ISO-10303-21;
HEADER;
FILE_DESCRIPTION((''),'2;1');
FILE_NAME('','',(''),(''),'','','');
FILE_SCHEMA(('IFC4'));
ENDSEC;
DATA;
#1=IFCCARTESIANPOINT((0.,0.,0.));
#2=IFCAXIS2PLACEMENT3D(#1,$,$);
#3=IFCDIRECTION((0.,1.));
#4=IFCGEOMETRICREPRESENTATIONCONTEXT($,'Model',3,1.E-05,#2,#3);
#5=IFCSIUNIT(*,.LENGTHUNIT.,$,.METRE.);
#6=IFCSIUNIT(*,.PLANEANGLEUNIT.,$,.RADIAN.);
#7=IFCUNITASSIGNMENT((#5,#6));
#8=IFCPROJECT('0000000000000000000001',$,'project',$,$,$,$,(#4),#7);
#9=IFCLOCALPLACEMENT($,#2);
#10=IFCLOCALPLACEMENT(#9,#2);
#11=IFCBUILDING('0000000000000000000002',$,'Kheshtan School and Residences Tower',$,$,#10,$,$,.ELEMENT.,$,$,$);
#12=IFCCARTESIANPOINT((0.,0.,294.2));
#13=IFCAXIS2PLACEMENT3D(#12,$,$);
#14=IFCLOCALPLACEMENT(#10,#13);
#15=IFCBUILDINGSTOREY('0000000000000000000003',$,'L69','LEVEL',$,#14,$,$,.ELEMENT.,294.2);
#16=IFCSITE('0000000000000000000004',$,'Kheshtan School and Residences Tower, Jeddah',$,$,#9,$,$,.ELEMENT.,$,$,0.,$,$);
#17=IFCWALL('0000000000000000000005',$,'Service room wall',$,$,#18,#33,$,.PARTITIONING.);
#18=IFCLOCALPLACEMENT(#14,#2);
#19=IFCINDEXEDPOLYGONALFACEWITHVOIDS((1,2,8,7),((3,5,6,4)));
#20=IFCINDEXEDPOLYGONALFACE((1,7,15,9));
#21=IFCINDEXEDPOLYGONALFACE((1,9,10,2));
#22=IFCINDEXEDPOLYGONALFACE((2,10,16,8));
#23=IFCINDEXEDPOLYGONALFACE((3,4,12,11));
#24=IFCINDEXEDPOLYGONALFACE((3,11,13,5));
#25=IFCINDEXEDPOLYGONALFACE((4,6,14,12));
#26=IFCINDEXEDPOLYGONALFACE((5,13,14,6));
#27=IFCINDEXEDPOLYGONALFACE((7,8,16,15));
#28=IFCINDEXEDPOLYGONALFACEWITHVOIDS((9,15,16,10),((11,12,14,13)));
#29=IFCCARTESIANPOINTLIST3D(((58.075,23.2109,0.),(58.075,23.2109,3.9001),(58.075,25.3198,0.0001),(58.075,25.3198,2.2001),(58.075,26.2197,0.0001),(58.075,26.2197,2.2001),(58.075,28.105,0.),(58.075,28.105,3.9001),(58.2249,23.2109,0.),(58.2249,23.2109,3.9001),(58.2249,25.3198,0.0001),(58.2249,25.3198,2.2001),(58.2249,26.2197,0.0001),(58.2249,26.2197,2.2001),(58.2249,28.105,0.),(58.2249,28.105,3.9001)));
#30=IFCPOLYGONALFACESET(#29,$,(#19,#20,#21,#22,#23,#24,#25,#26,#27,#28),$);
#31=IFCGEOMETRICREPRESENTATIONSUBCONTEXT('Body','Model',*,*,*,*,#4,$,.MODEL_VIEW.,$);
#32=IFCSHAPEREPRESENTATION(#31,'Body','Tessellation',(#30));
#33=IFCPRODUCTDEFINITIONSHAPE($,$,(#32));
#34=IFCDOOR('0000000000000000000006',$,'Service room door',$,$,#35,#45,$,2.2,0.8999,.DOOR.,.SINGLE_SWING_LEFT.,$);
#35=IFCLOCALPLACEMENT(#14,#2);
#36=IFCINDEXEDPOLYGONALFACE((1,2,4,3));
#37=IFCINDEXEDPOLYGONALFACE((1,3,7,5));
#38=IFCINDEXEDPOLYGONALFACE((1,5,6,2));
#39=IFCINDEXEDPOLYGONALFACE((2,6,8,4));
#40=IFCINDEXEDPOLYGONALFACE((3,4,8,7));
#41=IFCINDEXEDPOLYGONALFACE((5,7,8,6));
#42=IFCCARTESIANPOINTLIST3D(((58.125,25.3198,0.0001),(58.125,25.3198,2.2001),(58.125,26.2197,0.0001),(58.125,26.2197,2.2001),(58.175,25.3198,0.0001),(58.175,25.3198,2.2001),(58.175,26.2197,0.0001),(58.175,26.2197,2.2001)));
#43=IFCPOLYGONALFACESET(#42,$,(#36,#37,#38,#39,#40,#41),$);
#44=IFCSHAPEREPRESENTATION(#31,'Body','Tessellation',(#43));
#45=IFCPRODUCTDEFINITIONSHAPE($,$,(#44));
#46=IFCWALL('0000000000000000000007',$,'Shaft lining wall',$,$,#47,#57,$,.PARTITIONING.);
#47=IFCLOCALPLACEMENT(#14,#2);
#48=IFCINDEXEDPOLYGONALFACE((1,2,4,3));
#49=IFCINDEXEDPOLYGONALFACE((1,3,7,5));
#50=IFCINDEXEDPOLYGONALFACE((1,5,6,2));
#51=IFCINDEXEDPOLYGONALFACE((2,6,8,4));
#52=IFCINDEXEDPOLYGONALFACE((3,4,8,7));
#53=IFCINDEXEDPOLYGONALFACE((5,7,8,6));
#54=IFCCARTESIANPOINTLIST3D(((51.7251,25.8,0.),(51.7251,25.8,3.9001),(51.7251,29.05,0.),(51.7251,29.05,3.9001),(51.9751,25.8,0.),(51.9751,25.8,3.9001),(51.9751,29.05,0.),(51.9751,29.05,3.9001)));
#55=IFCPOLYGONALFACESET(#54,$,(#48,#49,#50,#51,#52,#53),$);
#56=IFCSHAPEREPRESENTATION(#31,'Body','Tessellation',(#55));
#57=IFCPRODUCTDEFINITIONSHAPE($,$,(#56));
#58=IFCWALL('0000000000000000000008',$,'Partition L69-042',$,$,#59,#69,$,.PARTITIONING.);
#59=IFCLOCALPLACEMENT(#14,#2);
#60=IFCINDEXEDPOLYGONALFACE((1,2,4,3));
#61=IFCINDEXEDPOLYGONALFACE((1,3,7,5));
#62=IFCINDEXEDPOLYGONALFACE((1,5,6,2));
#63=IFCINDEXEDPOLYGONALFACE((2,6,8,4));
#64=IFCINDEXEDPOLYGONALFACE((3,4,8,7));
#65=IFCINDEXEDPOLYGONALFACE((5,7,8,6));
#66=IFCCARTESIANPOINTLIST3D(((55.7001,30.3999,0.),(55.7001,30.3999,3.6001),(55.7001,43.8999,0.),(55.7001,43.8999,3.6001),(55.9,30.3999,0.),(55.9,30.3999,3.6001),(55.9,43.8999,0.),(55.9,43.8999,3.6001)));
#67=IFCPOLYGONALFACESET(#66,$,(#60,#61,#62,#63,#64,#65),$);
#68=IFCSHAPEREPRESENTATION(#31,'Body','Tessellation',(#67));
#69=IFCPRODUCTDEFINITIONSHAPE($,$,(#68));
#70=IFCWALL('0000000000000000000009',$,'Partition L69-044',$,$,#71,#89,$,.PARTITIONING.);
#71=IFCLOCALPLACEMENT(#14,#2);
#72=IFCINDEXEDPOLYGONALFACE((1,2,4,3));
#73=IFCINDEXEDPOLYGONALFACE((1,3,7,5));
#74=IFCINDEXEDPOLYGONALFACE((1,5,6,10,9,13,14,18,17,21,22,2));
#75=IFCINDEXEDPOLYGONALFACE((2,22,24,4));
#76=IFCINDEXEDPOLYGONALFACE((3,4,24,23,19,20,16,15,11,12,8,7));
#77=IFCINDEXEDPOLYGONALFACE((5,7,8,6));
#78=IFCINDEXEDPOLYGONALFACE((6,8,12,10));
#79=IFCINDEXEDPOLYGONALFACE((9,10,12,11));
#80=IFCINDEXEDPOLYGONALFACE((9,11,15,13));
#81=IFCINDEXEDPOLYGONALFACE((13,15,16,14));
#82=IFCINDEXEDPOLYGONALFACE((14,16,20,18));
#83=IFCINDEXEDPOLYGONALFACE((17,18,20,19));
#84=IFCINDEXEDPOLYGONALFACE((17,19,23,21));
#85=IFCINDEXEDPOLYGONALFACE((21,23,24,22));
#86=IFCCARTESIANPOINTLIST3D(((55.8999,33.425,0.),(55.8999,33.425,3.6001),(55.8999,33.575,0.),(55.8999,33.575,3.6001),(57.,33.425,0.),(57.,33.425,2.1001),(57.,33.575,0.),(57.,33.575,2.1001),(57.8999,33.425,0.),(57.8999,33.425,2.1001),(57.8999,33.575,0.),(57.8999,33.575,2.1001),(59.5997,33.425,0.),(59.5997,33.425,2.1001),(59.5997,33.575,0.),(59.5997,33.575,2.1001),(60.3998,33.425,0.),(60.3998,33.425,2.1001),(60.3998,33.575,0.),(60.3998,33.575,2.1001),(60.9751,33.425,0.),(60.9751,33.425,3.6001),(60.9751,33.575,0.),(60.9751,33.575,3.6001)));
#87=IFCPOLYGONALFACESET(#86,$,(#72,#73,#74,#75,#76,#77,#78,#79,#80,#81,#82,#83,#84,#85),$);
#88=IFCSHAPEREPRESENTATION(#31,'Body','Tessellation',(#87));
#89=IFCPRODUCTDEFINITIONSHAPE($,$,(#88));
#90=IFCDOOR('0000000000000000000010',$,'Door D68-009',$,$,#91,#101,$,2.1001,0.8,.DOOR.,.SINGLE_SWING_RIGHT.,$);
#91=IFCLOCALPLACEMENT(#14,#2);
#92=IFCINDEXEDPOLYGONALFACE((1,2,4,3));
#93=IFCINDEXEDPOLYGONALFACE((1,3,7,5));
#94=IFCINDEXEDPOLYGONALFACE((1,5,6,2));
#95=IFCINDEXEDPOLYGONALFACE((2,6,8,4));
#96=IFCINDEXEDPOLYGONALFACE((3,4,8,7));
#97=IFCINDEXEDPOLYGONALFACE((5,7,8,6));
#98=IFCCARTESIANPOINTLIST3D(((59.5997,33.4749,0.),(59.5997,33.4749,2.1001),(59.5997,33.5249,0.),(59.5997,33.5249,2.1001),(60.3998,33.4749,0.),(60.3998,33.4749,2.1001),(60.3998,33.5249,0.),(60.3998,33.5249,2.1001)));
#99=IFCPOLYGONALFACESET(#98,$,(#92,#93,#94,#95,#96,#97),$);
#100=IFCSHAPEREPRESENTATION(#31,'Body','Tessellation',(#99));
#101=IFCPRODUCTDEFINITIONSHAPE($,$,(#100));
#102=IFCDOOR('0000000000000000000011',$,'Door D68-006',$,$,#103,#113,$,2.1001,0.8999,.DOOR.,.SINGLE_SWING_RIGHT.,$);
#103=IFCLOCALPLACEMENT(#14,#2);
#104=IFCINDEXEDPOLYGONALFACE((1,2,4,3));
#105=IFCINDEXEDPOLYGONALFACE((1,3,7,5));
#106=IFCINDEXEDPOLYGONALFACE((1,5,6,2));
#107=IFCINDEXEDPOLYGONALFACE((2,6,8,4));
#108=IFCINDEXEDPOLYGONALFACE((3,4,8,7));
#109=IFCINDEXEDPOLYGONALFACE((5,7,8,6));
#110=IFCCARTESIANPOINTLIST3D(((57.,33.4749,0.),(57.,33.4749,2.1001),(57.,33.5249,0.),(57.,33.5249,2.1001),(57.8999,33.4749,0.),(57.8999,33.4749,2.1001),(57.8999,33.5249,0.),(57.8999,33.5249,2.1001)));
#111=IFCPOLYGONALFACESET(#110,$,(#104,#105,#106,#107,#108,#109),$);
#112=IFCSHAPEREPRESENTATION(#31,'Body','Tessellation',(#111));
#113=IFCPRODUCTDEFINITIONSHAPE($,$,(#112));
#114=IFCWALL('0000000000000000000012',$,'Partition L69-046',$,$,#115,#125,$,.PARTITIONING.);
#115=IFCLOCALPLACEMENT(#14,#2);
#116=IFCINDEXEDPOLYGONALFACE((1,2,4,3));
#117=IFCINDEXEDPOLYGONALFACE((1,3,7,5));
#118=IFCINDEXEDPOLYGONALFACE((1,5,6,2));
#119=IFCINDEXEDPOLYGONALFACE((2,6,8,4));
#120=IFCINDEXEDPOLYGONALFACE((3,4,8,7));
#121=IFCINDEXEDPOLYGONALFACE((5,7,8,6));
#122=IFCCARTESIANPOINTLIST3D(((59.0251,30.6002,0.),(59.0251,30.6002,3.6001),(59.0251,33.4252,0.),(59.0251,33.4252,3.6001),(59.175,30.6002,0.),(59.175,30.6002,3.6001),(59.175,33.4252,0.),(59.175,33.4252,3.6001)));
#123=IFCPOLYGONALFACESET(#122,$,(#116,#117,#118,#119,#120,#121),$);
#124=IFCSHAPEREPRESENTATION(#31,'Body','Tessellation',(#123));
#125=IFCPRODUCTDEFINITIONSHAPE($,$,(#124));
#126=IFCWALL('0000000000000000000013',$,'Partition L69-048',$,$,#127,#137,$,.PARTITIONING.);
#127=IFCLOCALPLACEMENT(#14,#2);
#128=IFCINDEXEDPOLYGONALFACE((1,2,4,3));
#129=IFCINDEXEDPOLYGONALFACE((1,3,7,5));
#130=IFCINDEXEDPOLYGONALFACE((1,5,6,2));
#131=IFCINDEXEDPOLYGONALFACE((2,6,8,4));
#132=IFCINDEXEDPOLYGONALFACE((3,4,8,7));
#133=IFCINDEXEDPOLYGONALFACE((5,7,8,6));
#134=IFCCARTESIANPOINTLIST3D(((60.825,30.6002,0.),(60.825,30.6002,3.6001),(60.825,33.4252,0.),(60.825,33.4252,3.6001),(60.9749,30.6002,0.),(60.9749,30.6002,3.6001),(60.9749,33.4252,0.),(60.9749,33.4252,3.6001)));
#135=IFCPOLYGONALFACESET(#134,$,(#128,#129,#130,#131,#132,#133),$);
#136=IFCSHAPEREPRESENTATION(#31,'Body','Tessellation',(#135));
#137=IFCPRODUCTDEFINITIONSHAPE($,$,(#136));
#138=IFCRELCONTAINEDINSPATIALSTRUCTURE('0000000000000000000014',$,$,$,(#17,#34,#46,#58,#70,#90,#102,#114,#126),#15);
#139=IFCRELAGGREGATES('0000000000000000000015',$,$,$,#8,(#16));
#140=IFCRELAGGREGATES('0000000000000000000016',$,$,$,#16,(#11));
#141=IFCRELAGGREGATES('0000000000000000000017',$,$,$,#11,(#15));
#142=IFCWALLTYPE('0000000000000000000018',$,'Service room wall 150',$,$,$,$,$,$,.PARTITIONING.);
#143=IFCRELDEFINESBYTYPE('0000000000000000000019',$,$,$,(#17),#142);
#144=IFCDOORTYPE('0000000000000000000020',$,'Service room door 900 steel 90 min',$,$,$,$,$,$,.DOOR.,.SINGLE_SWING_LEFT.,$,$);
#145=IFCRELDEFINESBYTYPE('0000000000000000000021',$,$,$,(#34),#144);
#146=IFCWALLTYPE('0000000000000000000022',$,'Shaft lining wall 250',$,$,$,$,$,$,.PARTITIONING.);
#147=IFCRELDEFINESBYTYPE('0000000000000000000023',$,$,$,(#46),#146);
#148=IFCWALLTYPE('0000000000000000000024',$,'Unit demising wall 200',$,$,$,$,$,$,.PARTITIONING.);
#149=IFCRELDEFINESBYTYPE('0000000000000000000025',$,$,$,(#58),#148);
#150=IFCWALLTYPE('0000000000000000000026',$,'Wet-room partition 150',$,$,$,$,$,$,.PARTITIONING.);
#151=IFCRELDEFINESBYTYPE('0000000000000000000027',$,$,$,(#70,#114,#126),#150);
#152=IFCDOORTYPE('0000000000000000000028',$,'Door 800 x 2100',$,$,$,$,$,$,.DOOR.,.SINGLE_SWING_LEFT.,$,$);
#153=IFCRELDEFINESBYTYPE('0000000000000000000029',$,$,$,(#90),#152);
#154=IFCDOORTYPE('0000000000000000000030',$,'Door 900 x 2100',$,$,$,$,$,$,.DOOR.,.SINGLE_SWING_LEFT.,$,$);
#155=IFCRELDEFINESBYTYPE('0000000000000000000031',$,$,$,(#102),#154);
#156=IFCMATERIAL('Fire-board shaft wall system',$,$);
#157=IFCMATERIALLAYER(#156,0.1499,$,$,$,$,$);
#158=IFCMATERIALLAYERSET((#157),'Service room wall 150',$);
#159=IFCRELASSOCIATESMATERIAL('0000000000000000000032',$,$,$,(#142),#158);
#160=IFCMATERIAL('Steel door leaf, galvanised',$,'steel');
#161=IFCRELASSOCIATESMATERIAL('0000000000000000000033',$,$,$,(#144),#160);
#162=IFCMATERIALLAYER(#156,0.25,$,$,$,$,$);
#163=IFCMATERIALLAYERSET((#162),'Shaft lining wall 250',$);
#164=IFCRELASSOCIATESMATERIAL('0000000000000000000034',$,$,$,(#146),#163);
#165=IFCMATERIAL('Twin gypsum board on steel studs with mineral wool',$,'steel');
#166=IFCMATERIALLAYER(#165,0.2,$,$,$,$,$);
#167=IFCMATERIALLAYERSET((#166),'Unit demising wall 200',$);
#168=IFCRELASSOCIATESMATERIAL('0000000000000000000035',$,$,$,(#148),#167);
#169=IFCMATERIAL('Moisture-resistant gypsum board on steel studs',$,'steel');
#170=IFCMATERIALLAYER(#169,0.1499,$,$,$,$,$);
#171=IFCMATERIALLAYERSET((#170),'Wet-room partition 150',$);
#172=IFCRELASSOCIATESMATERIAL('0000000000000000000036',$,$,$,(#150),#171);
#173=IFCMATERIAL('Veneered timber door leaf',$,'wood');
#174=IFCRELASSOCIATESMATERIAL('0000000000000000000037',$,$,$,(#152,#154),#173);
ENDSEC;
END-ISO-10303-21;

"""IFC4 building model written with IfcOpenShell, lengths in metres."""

from ifc_helpers import new_model, si_unit, direction, frame, frame_2d, origin, place, context, subcontext, project, spatial, rectangle, extrude, source, transform, mapped, material, layer, layer_set, type_object, element, fill, save


model = new_model("IFC4")

# Units and contexts
model_context = context("Model", 3, precision=1e-05, world=origin(), true_north=direction((0.0, 1.0)))
body_context = subcontext(model_context, "Body", "Model", "MODEL_VIEW")
ifc_project = project(units=[si_unit("LENGTHUNIT", "METRE"), si_unit("PLANEANGLEUNIT", "RADIAN")], contexts=[model_context])

# Site, building, storey
site_placement = place(None, origin())
site = spatial("IfcSite", under=ifc_project, at=site_placement, Name="Kheshtan School and Residences Tower, Jeddah", CompositionType="ELEMENT", RefElevation=0.0)
building_placement = place(site_placement, origin())
building = spatial("IfcBuilding", under=site, at=building_placement, Name="Kheshtan School and Residences Tower", CompositionType="ELEMENT")
storey_placement = place(building_placement, frame((0.0, 0.0, 294.2)))
storey = spatial("IfcBuildingStorey", under=building, at=storey_placement, Name="L69", Description="LEVEL", CompositionType="ELEMENT", Elevation=294.2)

# Shared definitions
ifc_material_1 = material(Name="Steel door leaf, galvanised", Category="steel")

# Shared definitions
ifc_material_2 = material(Name="Fire-board shaft wall system")
ifc_layer_1 = layer(ifc_material_2, 0.1499)
ifc_layer_set_1 = layer_set([ifc_layer_1], Name="Service room wall 150")
wall_type_1 = type_object("IfcWallType", Name="Service room wall 150", PredefinedType="PARTITIONING", material=ifc_layer_set_1)

# Wall, opening, door
wall_1_placement = place(storey_placement, frame((58.1499, 23.2109, 0.0), z_axis=(0.0, 0.0, 1.0), x_axis=(0.0, 1.0, 0.0)))
wall_1 = element("IfcWall", 1, at=wall_1_placement, inside=storey, type_object=wall_type_1, Name="Service room wall", PredefinedType="PARTITIONING", context=body_context, shape_type="SweptSolid", body=[
    extrude(rectangle(XDim=4.894, YDim=0.1499, at=frame_2d((2.447, 0.0))), origin(), (0.0, 0.0, 1.0), 3.9001),
])
opening_1_placement = place(wall_1_placement, frame((2.1089, 0.0, 0.0)))
opening_1 = element("IfcOpeningElement", 2, at=opening_1_placement, cuts=wall_1, PredefinedType="OPENING", context=body_context, shape_type="SweptSolid", body=[
    extrude(rectangle(XDim=0.8999, YDim=2.2, at=frame_2d((0.45, 1.1001))), frame((0.0, 0.085, 0.0), z_axis=(0.0, -1.0, 0.0), x_axis=(1.0, 0.0, 0.0)), (0.0, 0.0, 1.0), 0.1699),
])
door_type_1 = type_object("IfcDoorType", Name="Service room door 900 steel 90 min", OperationType="SINGLE_SWING_LEFT", PredefinedType="DOOR", material=ifc_material_1)
shared_shape_1 = source(origin(), body_context, "Body", "SweptSolid", [
    extrude(rectangle(XDim=0.8999, YDim=2.2, at=frame_2d((0.45, 1.1001))), frame((0.0, 0.0249, 0.0), z_axis=(0.0, -1.0, 0.0), x_axis=(1.0, 0.0, 0.0)), (0.0, 0.0, 1.0), 0.05),
])
door_1_placement = place(opening_1_placement, origin())
door_1 = element("IfcDoor", 3, at=door_1_placement, inside=storey, type_object=door_type_1, Name="Service room door", OperationType="SINGLE_SWING_LEFT", OverallHeight=2.2, OverallWidth=0.8999, PredefinedType="DOOR", context=body_context, shape_type="MappedRepresentation", body=[
    mapped(shared_shape_1, transform((0.0, 0.0, 0.0), x_axis=(1.0, 0.0, 0.0), y_axis=(0.0, 1.0, 0.0), z_axis=(0.0, 0.0, 1.0), scale=1.0)),
])
fill(opening_1, door_1)

# Walls
ifc_layer_2 = layer(ifc_material_2, 0.25)
ifc_layer_set_2 = layer_set([ifc_layer_2], Name="Shaft lining wall 250")
wall_type_2 = type_object("IfcWallType", Name="Shaft lining wall 250", PredefinedType="PARTITIONING", material=ifc_layer_set_2)
wall_2_placement = place(storey_placement, frame((51.8501, 25.8, 0.0), z_axis=(0.0, 0.0, 1.0), x_axis=(0.0, 1.0, 0.0)))
element("IfcWall", 4, at=wall_2_placement, inside=storey, type_object=wall_type_2, Name="Shaft lining wall", PredefinedType="PARTITIONING", context=body_context, shape_type="SweptSolid", body=[
    extrude(rectangle(XDim=3.25, YDim=0.25, at=frame_2d((1.625, 0.0))), origin(), (0.0, 0.0, 1.0), 3.9001),
])
ifc_material_3 = material(Name="Twin gypsum board on steel studs with mineral wool", Category="steel")
ifc_layer_3 = layer(ifc_material_3, 0.2)
ifc_layer_set_3 = layer_set([ifc_layer_3], Name="Unit demising wall 200")
wall_type_3 = type_object("IfcWallType", Name="Unit demising wall 200", PredefinedType="PARTITIONING", material=ifc_layer_set_3)
wall_3_placement = place(storey_placement, frame((55.8, 30.3999, 0.0), z_axis=(0.0, 0.0, 1.0), x_axis=(0.0, 1.0, 0.0)))
element("IfcWall", 5, at=wall_3_placement, inside=storey, type_object=wall_type_3, Name="Partition L69-042", PredefinedType="PARTITIONING", context=body_context, shape_type="SweptSolid", body=[
    extrude(rectangle(XDim=13.5, YDim=0.2, at=frame_2d((6.75, 0.0))), origin(), (0.0, 0.0, 1.0), 3.6001),
])

# Wall, openings, doors
ifc_material_4 = material(Name="Moisture-resistant gypsum board on steel studs", Category="steel")
ifc_layer_4 = layer(ifc_material_4, 0.1499)
ifc_layer_set_4 = layer_set([ifc_layer_4], Name="Wet-room partition 150")
wall_type_4 = type_object("IfcWallType", Name="Wet-room partition 150", PredefinedType="PARTITIONING", material=ifc_layer_set_4)
wall_4_placement = place(storey_placement, frame((55.8999, 33.5, 0.0), z_axis=(0.0, 0.0, 1.0), x_axis=(1.0, 0.0, 0.0)))
wall_4 = element("IfcWall", 6, at=wall_4_placement, inside=storey, type_object=wall_type_4, Name="Partition L69-044", PredefinedType="PARTITIONING", context=body_context, shape_type="SweptSolid", body=[
    extrude(rectangle(XDim=5.0752, YDim=0.1499, at=frame_2d((2.5376, 0.0))), origin(), (0.0, 0.0, 1.0), 3.6001),
])
opening_2_placement = place(wall_4_placement, frame((1.1001, 0.0, 0.0)))
opening_2 = element("IfcOpeningElement", 7, at=opening_2_placement, cuts=wall_4, PredefinedType="OPENING", context=body_context, shape_type="SweptSolid", body=[
    extrude(rectangle(XDim=0.8999, YDim=2.1001, at=frame_2d((0.45, 1.05))), frame((0.0, 0.085, 0.0), z_axis=(0.0, -1.0, 0.0), x_axis=(1.0, 0.0, 0.0)), (0.0, 0.0, 1.0), 0.1699),
])
opening_3_placement = place(wall_4_placement, frame((3.7, 0.0, 0.0)))
opening_3 = element("IfcOpeningElement", 8, at=opening_3_placement, cuts=wall_4, PredefinedType="OPENING", context=body_context, shape_type="SweptSolid", body=[
    extrude(rectangle(XDim=0.8, YDim=2.1001, at=frame_2d((0.3999, 1.05))), frame((0.0, 0.085, 0.0), z_axis=(0.0, -1.0, 0.0), x_axis=(1.0, 0.0, 0.0)), (0.0, 0.0, 1.0), 0.1699),
])
ifc_material_5 = material(Name="Veneered timber door leaf", Category="wood")
door_type_2 = type_object("IfcDoorType", Name="Door 800 x 2100", OperationType="SINGLE_SWING_LEFT", PredefinedType="DOOR", material=ifc_material_5)
shared_shape_2 = source(origin(), body_context, "Body", "SweptSolid", [
    extrude(rectangle(XDim=0.8, YDim=2.1001, at=frame_2d((0.3999, 1.05))), frame((0.0, 0.0249, 0.0), z_axis=(0.0, -1.0, 0.0), x_axis=(1.0, 0.0, 0.0)), (0.0, 0.0, 1.0), 0.05),
])
door_2_placement = place(opening_3_placement, origin())
door_2 = element("IfcDoor", 9, at=door_2_placement, inside=storey, type_object=door_type_2, Name="Door D68-009", OperationType="SINGLE_SWING_RIGHT", OverallHeight=2.1001, OverallWidth=0.8, PredefinedType="DOOR", context=body_context, shape_type="MappedRepresentation", body=[
    mapped(shared_shape_2, transform((0.0, 0.0, 0.0), x_axis=(1.0, 0.0, 0.0), y_axis=(0.0, 1.0, 0.0), z_axis=(0.0, 0.0, 1.0), scale=1.0)),
])
fill(opening_3, door_2)
door_type_3 = type_object("IfcDoorType", Name="Door 900 x 2100", OperationType="SINGLE_SWING_LEFT", PredefinedType="DOOR", material=ifc_material_5)
shared_shape_3 = source(origin(), body_context, "Body", "SweptSolid", [
    extrude(rectangle(XDim=0.8999, YDim=2.1001, at=frame_2d((0.45, 1.05))), frame((0.0, 0.0249, 0.0), z_axis=(0.0, -1.0, 0.0), x_axis=(1.0, 0.0, 0.0)), (0.0, 0.0, 1.0), 0.05),
])
door_3_placement = place(opening_2_placement, origin())
door_3 = element("IfcDoor", 10, at=door_3_placement, inside=storey, type_object=door_type_3, Name="Door D68-006", OperationType="SINGLE_SWING_RIGHT", OverallHeight=2.1001, OverallWidth=0.8999, PredefinedType="DOOR", context=body_context, shape_type="MappedRepresentation", body=[
    mapped(shared_shape_3, transform((0.0, 0.0, 0.0), x_axis=(1.0, 0.0, 0.0), y_axis=(0.0, 1.0, 0.0), z_axis=(0.0, 0.0, 1.0), scale=1.0)),
])
fill(opening_2, door_3)

# Walls
for number, where, z_axis, x_axis, name in (
    (11, (59.1001, 30.6001, 0.0), (0.0, 0.0, 1.0), (0.0, 1.0, 0.0), "Partition L69-046"),
    (12, (60.8999, 30.6001, 0.0), (0.0, 0.0, 1.0), (0.0, 1.0, 0.0), "Partition L69-048"),
):
    element("IfcWall", number, at=place(storey_placement, frame(where, z_axis=z_axis, x_axis=x_axis)), inside=storey, type_object=wall_type_4, Name=name, PredefinedType="PARTITIONING", context=body_context, shape_type="SweptSolid", body=[
        extrude(rectangle(XDim=2.825, YDim=0.1499, at=frame_2d((1.4126, 0.0))), origin(), (0.0, 0.0, 1.0), 3.6001),
    ])

save(model, "model.ifc")
